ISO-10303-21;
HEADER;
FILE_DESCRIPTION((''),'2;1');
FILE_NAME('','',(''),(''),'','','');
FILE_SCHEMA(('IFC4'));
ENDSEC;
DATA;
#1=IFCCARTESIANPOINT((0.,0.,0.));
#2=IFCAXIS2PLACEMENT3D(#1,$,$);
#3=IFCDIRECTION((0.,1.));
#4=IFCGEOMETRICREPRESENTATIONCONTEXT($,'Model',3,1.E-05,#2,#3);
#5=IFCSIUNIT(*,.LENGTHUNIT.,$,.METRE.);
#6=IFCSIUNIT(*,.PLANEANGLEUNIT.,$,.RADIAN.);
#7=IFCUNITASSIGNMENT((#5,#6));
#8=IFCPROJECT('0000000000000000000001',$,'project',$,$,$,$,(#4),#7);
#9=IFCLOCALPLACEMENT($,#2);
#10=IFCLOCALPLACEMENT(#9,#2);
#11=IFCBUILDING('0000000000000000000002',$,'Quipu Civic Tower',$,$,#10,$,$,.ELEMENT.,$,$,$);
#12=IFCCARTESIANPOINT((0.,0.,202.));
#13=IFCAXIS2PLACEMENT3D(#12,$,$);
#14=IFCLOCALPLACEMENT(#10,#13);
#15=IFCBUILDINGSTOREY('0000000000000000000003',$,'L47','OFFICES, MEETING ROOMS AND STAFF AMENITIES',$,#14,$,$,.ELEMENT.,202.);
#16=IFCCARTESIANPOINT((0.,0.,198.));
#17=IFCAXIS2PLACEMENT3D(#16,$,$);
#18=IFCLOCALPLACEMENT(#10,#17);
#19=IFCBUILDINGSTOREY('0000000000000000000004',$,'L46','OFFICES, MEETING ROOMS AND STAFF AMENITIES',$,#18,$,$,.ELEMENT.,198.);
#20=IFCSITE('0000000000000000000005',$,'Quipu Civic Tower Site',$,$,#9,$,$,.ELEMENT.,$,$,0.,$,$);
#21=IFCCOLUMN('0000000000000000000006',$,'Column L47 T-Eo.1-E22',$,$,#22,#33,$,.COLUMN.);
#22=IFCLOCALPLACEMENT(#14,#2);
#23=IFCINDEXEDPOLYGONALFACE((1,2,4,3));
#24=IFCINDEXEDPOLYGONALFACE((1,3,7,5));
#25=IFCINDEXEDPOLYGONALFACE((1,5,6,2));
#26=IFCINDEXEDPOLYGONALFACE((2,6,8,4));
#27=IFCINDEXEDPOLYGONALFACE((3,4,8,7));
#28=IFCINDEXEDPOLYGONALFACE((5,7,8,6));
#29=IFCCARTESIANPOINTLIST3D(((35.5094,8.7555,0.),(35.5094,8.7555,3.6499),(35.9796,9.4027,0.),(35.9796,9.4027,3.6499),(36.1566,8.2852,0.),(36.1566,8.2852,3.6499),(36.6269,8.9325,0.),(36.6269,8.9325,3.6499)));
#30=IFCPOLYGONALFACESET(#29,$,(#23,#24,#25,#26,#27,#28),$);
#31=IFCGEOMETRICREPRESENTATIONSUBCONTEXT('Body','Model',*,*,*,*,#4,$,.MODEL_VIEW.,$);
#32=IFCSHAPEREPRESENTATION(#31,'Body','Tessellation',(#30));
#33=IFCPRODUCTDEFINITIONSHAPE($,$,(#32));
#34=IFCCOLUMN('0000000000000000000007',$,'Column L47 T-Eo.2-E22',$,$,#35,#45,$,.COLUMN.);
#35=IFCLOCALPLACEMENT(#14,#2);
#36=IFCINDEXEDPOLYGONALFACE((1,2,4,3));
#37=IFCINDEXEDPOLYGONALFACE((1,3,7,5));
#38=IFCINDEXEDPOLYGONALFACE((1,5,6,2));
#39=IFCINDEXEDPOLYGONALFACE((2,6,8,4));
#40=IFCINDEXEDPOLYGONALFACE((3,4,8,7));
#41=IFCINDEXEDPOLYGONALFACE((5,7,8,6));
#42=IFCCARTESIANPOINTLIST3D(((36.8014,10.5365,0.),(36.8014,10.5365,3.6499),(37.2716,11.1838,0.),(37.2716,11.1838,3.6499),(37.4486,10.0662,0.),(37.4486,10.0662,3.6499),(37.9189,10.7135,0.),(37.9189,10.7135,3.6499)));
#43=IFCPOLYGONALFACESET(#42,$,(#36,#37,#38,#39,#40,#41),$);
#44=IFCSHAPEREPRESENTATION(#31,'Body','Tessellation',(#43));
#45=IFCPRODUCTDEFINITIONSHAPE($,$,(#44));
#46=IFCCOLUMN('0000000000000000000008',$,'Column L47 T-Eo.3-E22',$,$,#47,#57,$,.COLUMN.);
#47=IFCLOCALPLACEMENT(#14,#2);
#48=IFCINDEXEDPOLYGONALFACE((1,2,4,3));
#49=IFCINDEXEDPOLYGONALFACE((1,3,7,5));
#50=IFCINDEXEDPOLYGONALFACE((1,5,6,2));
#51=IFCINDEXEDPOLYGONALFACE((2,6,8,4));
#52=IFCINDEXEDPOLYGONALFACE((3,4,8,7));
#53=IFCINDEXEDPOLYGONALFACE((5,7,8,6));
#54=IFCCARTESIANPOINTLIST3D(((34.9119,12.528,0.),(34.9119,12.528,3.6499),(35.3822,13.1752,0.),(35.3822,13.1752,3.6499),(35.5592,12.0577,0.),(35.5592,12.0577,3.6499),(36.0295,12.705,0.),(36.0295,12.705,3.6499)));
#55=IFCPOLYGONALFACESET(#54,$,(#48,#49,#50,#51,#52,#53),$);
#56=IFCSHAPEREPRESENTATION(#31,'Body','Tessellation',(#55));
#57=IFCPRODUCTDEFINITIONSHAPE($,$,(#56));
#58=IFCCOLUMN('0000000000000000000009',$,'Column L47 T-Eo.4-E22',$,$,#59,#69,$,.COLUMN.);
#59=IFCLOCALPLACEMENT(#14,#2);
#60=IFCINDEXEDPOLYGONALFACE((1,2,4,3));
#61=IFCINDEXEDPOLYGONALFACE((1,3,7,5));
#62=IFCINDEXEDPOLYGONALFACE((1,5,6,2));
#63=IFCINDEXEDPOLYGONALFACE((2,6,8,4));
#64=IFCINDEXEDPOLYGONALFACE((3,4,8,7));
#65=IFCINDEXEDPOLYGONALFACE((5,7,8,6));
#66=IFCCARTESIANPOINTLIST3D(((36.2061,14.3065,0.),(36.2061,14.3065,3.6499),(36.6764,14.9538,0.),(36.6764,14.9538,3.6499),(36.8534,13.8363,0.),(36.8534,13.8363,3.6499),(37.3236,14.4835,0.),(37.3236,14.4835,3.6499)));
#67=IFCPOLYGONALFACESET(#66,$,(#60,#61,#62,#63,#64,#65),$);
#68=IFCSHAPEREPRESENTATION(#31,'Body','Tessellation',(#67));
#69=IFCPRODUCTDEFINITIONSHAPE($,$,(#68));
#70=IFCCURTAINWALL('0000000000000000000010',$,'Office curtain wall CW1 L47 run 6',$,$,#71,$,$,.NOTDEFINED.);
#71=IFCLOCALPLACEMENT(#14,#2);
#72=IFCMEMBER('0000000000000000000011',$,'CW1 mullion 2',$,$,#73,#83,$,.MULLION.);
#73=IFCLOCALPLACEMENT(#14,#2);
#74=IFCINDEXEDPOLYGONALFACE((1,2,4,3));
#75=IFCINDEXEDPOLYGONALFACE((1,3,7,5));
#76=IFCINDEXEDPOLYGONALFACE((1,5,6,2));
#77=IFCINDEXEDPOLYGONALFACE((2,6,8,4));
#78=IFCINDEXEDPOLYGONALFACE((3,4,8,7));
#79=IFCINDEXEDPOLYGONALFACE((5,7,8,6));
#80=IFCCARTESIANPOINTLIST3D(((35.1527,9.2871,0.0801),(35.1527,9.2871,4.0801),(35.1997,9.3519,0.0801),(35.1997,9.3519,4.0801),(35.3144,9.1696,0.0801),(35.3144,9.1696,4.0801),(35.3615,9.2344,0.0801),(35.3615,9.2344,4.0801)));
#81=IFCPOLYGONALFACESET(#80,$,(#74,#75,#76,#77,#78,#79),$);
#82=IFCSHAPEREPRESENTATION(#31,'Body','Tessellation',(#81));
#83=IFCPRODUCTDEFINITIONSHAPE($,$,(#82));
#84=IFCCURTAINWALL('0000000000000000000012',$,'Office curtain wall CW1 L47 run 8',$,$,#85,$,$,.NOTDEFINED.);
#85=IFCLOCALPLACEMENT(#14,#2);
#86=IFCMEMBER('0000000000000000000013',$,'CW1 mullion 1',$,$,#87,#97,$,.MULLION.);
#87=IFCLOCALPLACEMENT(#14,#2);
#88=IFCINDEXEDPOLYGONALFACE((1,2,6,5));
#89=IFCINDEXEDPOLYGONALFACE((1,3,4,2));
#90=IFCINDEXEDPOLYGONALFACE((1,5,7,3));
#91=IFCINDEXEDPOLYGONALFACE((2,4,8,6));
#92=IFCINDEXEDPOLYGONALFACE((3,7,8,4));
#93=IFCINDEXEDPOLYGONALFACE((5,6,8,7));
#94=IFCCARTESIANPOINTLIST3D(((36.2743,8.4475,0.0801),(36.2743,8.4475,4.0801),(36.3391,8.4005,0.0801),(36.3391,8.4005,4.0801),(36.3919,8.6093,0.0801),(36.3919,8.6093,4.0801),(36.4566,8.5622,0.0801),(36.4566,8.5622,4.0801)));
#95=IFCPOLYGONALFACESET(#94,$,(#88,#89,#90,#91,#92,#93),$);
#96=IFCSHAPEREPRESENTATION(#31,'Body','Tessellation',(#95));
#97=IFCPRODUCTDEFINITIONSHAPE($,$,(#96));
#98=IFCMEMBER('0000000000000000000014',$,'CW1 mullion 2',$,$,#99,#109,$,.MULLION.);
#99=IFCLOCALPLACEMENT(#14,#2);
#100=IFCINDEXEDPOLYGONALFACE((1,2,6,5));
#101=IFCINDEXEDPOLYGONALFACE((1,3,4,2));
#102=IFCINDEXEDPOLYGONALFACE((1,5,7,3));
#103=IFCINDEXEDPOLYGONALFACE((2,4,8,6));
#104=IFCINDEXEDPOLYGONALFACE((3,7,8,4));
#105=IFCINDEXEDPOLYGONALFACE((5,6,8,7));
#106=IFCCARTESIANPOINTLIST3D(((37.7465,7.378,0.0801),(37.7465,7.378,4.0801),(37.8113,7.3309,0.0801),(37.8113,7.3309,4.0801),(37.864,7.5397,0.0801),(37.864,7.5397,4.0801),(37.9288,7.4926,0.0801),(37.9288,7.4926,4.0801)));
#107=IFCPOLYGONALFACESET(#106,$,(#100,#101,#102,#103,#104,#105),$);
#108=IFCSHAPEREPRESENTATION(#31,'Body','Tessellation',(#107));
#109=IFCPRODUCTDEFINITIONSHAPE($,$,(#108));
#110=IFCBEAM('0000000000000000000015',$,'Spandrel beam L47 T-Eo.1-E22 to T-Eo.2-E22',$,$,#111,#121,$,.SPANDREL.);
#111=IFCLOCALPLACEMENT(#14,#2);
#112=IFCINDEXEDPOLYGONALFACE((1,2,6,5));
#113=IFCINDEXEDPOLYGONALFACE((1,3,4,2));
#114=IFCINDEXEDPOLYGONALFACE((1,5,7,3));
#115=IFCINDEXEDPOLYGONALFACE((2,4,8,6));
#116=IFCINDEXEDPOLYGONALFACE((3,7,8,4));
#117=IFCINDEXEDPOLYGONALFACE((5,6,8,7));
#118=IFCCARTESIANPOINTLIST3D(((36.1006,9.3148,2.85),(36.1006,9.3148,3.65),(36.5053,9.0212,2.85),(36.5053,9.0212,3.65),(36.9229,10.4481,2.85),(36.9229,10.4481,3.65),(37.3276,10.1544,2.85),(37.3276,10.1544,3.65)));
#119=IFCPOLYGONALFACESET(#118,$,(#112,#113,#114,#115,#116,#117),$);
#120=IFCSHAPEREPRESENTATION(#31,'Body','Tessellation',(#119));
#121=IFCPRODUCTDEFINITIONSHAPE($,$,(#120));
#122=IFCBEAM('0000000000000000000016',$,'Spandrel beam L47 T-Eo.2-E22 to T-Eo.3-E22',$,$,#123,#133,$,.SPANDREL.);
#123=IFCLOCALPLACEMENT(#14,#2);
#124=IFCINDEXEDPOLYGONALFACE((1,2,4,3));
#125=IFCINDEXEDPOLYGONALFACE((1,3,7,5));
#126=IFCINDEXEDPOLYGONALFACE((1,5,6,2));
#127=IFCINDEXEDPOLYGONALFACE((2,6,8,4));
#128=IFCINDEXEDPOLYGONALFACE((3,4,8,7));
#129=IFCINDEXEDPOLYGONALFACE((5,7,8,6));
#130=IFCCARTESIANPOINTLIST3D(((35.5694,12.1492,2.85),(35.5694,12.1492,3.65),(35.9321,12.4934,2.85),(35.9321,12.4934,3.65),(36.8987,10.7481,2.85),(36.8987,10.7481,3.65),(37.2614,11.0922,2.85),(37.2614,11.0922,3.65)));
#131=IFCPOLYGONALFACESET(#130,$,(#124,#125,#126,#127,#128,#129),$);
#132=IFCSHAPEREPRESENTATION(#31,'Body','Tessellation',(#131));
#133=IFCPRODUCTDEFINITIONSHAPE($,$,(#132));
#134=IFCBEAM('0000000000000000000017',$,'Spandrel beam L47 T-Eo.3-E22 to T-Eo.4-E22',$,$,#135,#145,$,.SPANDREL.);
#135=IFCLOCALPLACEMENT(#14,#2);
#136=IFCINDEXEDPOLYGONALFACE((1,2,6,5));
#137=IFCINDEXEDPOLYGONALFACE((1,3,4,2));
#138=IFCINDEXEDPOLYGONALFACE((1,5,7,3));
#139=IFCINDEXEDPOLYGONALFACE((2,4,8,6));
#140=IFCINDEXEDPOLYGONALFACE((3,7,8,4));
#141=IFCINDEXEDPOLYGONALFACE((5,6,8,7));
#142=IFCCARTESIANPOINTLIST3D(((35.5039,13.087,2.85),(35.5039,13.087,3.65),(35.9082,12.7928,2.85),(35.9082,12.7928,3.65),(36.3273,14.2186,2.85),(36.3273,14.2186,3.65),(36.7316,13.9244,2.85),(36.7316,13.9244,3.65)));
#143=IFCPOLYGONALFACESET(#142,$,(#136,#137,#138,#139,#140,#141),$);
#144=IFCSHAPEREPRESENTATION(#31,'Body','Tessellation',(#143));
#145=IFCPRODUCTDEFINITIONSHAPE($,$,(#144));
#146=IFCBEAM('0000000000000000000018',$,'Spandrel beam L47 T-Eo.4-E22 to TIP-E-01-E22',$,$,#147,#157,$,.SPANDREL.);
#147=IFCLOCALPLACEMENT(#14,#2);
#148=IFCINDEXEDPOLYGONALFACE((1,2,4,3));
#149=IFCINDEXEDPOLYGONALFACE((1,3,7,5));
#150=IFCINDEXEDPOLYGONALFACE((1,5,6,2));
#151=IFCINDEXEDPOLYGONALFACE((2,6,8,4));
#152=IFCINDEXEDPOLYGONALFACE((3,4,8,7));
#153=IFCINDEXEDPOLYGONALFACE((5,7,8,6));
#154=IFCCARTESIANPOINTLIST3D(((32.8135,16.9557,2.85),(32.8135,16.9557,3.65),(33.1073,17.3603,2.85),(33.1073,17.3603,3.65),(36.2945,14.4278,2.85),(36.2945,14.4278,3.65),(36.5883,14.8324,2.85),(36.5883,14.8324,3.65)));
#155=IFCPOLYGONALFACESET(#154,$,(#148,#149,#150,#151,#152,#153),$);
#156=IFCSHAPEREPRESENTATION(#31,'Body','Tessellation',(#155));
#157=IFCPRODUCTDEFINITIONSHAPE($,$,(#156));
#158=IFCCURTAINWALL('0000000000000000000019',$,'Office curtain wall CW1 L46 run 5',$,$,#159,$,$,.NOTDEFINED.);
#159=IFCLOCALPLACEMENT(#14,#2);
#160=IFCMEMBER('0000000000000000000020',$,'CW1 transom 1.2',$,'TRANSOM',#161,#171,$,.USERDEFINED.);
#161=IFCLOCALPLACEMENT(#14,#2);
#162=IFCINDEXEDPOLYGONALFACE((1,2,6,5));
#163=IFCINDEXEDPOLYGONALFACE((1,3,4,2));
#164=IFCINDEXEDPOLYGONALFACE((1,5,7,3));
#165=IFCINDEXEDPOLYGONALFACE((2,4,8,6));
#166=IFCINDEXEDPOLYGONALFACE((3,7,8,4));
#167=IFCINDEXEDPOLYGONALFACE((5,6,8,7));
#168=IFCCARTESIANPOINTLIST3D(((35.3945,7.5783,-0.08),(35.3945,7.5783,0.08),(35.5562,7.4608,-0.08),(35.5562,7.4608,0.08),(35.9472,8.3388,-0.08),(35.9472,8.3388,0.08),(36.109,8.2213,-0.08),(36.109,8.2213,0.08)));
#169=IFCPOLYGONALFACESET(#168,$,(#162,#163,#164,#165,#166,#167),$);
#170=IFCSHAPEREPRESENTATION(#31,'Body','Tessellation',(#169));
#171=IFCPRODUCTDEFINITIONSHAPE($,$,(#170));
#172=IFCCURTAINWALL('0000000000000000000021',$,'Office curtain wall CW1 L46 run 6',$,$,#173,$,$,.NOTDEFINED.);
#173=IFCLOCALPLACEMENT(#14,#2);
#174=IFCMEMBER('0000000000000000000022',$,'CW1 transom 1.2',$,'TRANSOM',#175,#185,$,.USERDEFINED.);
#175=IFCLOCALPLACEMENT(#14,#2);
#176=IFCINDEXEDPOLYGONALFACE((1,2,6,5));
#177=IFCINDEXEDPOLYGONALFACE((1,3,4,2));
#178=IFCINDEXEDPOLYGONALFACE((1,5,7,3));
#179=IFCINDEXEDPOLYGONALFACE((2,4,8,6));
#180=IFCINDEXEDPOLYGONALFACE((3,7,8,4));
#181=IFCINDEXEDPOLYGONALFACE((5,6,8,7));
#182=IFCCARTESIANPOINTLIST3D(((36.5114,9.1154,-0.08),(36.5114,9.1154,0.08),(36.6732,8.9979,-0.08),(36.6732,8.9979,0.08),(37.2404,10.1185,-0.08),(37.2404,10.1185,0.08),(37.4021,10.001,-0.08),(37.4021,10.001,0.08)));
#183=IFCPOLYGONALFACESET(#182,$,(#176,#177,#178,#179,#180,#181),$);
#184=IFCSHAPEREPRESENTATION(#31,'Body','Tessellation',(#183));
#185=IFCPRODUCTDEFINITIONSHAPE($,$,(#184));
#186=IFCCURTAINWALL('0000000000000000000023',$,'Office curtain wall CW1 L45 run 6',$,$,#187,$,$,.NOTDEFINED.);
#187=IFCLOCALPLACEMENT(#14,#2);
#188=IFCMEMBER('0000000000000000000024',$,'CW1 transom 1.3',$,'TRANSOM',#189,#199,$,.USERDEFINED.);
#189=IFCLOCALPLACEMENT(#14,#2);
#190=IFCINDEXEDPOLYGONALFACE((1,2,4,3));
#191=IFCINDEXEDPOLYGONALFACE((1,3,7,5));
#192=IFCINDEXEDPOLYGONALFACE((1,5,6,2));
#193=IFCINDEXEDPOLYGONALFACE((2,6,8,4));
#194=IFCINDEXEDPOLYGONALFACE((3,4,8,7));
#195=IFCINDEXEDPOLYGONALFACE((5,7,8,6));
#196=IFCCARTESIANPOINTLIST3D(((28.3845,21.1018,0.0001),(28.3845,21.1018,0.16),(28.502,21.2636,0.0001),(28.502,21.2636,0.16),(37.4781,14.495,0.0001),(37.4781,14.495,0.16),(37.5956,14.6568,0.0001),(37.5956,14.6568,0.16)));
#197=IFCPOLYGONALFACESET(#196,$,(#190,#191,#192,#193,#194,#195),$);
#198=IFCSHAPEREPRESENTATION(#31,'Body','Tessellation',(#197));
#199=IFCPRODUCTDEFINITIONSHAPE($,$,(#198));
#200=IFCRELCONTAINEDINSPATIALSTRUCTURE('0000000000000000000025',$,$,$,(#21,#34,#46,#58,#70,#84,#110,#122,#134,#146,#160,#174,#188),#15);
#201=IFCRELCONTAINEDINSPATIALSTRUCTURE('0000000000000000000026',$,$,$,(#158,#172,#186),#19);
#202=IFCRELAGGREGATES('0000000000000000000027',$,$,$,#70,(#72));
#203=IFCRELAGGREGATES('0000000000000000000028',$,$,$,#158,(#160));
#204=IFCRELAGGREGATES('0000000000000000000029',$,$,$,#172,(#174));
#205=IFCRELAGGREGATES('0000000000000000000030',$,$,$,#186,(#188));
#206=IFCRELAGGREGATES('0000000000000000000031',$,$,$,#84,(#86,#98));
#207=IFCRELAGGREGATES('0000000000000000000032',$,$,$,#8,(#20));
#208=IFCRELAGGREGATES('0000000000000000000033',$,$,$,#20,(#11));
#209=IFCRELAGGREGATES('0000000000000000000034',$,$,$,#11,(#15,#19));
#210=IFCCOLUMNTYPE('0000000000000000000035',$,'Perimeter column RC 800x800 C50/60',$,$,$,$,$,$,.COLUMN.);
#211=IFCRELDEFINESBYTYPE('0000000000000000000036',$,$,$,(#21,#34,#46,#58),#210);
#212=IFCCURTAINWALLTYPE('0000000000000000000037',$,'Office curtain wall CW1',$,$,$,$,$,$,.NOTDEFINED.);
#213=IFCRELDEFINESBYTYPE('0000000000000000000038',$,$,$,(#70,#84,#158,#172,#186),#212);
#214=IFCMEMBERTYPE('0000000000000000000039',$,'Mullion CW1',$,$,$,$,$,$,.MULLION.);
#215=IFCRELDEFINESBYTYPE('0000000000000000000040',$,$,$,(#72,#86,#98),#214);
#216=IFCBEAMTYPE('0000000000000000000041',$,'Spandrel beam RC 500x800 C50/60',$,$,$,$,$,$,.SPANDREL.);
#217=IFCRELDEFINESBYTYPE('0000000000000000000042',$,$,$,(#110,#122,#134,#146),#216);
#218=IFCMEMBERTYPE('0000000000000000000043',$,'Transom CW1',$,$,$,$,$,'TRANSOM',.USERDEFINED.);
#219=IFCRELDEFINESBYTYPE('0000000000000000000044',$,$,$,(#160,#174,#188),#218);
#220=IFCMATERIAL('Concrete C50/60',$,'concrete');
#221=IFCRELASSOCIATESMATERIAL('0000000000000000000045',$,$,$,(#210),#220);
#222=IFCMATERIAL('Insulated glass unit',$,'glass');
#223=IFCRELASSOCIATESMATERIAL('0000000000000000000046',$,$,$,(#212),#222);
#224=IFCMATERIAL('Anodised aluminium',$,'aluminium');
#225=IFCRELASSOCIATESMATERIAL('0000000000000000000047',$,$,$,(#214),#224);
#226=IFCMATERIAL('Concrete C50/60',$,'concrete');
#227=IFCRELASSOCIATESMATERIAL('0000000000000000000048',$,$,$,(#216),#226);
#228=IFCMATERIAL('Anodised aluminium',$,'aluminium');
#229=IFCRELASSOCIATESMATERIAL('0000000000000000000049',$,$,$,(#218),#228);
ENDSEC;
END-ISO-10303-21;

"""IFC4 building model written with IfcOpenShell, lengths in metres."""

from ifc_helpers import new_model, si_unit, direction, frame, origin, origin_2d, place, context, subcontext, project, spatial, rectangle, extrude, material, material_profile, profile_set, type_object, element, aggregate, save


model = new_model("IFC4")

# Units and contexts
model_context = context("Model", 3, precision=1e-05, world=origin(), true_north=direction((0.0, 1.0)))
body_context = subcontext(model_context, "Body", "Model", "MODEL_VIEW")
ifc_project = project(units=[si_unit("LENGTHUNIT", "METRE"), si_unit("PLANEANGLEUNIT", "RADIAN")], contexts=[model_context])

# Site, building, storey
site_placement = place(None, origin())
site = spatial("IfcSite", under=ifc_project, at=site_placement, Name="Quipu Civic Tower Site", CompositionType="ELEMENT", RefElevation=0.0)
building_placement = place(site_placement, origin())
building = spatial("IfcBuilding", under=site, at=building_placement, Name="Quipu Civic Tower", CompositionType="ELEMENT")
storey_1_placement = place(building_placement, frame((0.0, 0.0, 202.0)))
storey_1 = spatial("IfcBuildingStorey", under=building, at=storey_1_placement, Name="L47", Description="OFFICES, MEETING ROOMS AND STAFF AMENITIES", CompositionType="ELEMENT", Elevation=202.0)

# Columns
ifc_material_1 = material(Name="Concrete C50/60", Category="concrete")
ifc_material_profile_1 = material_profile(ifc_material_1, rectangle(XDim=0.8, YDim=0.8, at=origin_2d()), Name="RC800x800")
ifc_profile_set_1 = profile_set([ifc_material_profile_1], Name="Concrete C50/60")
column_type = type_object("IfcColumnType", Name="Perimeter column RC 800x800 C50/60", PredefinedType="COLUMN", material=ifc_profile_set_1)
for number, where, z_axis, x_axis, name in (
    (1, (36.0681, 8.844, 0.0), (0.0, 0.0, 1.0), (0.587785, 0.809017, 0.0), "Column L47 T-Eo.1-E22"),
    (2, (37.3601, 10.625, 0.0), (0.0, 0.0, 1.0), (0.587785, 0.809017, 0.0), "Column L47 T-Eo.2-E22"),
    (3, (35.4707, 12.6165, 0.0), (0.0, 0.0, 1.0), (-0.809017, 0.587785, 0.0), "Column L47 T-Eo.3-E22"),
    (4, (36.7649, 14.395, 0.0), (0.0, 0.0, 1.0), (-0.809017, 0.587785, 0.0), "Column L47 T-Eo.4-E22"),
):
    element("IfcColumn", number, at=place(storey_1_placement, frame(where, z_axis=z_axis, x_axis=x_axis)), inside=storey_1, type_object=column_type, Name=name, PredefinedType="COLUMN", context=body_context, shape_type="SweptSolid", body=[
        extrude(rectangle(XDim=0.8, YDim=0.8, at=origin_2d()), origin(), (0.0, 0.0, 1.0), 3.6499),
    ])

# Curtain wall, member
ifc_material_2 = material(Name="Insulated glass unit", Category="glass")
curtain_wall_type = type_object("IfcCurtainWallType", Name="Office curtain wall CW1", PredefinedType="NOTDEFINED", material=ifc_material_2)
curtain_wall_1_placement = place(storey_1_placement, origin())
curtain_wall_1 = element("IfcCurtainWall", 5, at=curtain_wall_1_placement, inside=storey_1, type_object=curtain_wall_type, Name="Office curtain wall CW1 L47 run 6", PredefinedType="NOTDEFINED")
ifc_material_3 = material(Name="Anodised aluminium", Category="aluminium")
ifc_material_profile_2 = material_profile(ifc_material_3, rectangle(XDim=0.2, YDim=0.0801, at=origin_2d()), Name="RECT 200x80")
ifc_profile_set_2 = profile_set([ifc_material_profile_2], Name="Anodised aluminium")
member_type_1 = type_object("IfcMemberType", Name="Mullion CW1", PredefinedType="MULLION", material=ifc_profile_set_2)
member_1_placement = place(storey_1_placement, frame((35.2571, 9.2607, 0.0801), z_axis=(0.0, 0.0, 1.0), x_axis=(-0.809017, 0.587786, 0.0)))
member_1 = element("IfcMember", 6, at=member_1_placement, type_object=member_type_1, Name="CW1 mullion 2", PredefinedType="MULLION", context=body_context, shape_type="SweptSolid", body=[
    extrude(rectangle(XDim=0.2, YDim=0.0801, at=origin_2d()), origin(), (0.0, 0.0, 1.0), 4.0),
])
aggregate(curtain_wall_1, [member_1])

# Curtain wall, members
curtain_wall_2_placement = place(storey_1_placement, origin())
curtain_wall_2 = element("IfcCurtainWall", 7, at=curtain_wall_2_placement, inside=storey_1, type_object=curtain_wall_type, Name="Office curtain wall CW1 L47 run 8", PredefinedType="NOTDEFINED")
member_2_placement = place(storey_1_placement, frame((36.3655, 8.5049, 0.0801), z_axis=(0.0, 0.0, 1.0), x_axis=(0.587802, 0.809005, 0.0)))
member_2 = element("IfcMember", 8, at=member_2_placement, type_object=member_type_1, Name="CW1 mullion 1", PredefinedType="MULLION", context=body_context, shape_type="SweptSolid", body=[
    extrude(rectangle(XDim=0.2, YDim=0.0801, at=origin_2d()), origin(), (0.0, 0.0, 1.0), 4.0),
])
member_3_placement = place(storey_1_placement, frame((37.8376, 7.4353, 0.0801), z_axis=(0.0, 0.0, 1.0), x_axis=(0.587802, 0.809005, 0.0)))
member_3 = element("IfcMember", 9, at=member_3_placement, type_object=member_type_1, Name="CW1 mullion 2", PredefinedType="MULLION", context=body_context, shape_type="SweptSolid", body=[
    extrude(rectangle(XDim=0.2, YDim=0.0801, at=origin_2d()), origin(), (0.0, 0.0, 1.0), 4.0),
])

# Beams
ifc_material_4 = material(Name="Concrete C50/60", Category="concrete")
ifc_material_profile_3 = material_profile(ifc_material_4, rectangle(XDim=0.5, YDim=0.8, at=origin_2d()), Name="RC500x800")
ifc_profile_set_3 = profile_set([ifc_material_profile_3], Name="Concrete C50/60")
beam_type = type_object("IfcBeamType", Name="Spandrel beam RC 500x800 C50/60", PredefinedType="SPANDREL", material=ifc_profile_set_3)
beam_1_placement = place(storey_1_placement, frame((36.303, 9.168, 3.25), z_axis=(0.587259, 0.809399, 0.0), x_axis=(-0.809399, 0.587259, 0.0)))
element("IfcBeam", 10, at=beam_1_placement, inside=storey_1, type_object=beam_type, Name="Spandrel beam L47 T-Eo.1-E22 to T-Eo.2-E22", PredefinedType="SPANDREL", context=body_context, shape_type="SweptSolid", body=[
    extrude(rectangle(XDim=0.5, YDim=0.8, at=origin_2d()), origin(), (0.0, 0.0, 1.0), 1.4001),
])
beam_2_placement = place(storey_1_placement, frame((37.0801, 10.9202, 3.25), z_axis=(-0.688281, 0.725444, 0.0), x_axis=(-0.725444, -0.688281, 0.0)))
element("IfcBeam", 11, at=beam_2_placement, inside=storey_1, type_object=beam_type, Name="Spandrel beam L47 T-Eo.2-E22 to T-Eo.3-E22", PredefinedType="SPANDREL", context=body_context, shape_type="SweptSolid", body=[
    extrude(rectangle(XDim=0.5, YDim=0.8, at=origin_2d()), origin(), (0.0, 0.0, 1.0), 1.9314),
])
beam_3_placement = place(storey_1_placement, frame((35.7061, 12.9399, 3.25), z_axis=(0.58841, 0.808563, 0.0), x_axis=(-0.808563, 0.58841, 0.0)))
element("IfcBeam", 12, at=beam_3_placement, inside=storey_1, type_object=beam_type, Name="Spandrel beam L47 T-Eo.3-E22 to T-Eo.4-E22", PredefinedType="SPANDREL", context=body_context, shape_type="SweptSolid", body=[
    extrude(rectangle(XDim=0.5, YDim=0.8, at=origin_2d()), origin(), (0.0, 0.0, 1.0), 1.3994),
])
beam_4_placement = place(storey_1_placement, frame((36.4414, 14.6301, 3.25), z_axis=(-0.809153, 0.587598, 0.0), x_axis=(-0.587598, -0.809153, 0.0)))
element("IfcBeam", 13, at=beam_4_placement, inside=storey_1, type_object=beam_type, Name="Spandrel beam L47 T-Eo.4-E22 to TIP-E-01-E22", PredefinedType="SPANDREL", context=body_context, shape_type="SweptSolid", body=[
    extrude(rectangle(XDim=0.5, YDim=0.8, at=origin_2d()), origin(), (0.0, 0.0, 1.0), 4.302),
])

# Shared definitions
storey_2_placement = place(building_placement, frame((0.0, 0.0, 198.0)))
storey_2 = spatial("IfcBuildingStorey", under=building, at=storey_2_placement, Name="L46", Description="OFFICES, MEETING ROOMS AND STAFF AMENITIES", CompositionType="ELEMENT", Elevation=198.0)

# Curtain walls, members
curtain_wall_3_placement = place(storey_2_placement, origin())
curtain_wall_3 = element("IfcCurtainWall", 14, at=curtain_wall_3_placement, inside=storey_2, type_object=curtain_wall_type, Name="Office curtain wall CW1 L46 run 5", PredefinedType="NOTDEFINED")
ifc_material_5 = material(Name="Anodised aluminium", Category="aluminium")
ifc_material_profile_4 = material_profile(ifc_material_5, rectangle(XDim=0.2, YDim=0.1599, at=origin_2d()), Name="RECT 200x160")
ifc_profile_set_4 = profile_set([ifc_material_profile_4], Name="Anodised aluminium")
member_type_2 = type_object("IfcMemberType", Name="Transom CW1", ElementType="TRANSOM", PredefinedType="USERDEFINED", material=ifc_profile_set_4)
member_4_placement = place(storey_1_placement, frame((35.4753, 7.5195, 0.0), z_axis=(0.587925, 0.808916, 0.0), x_axis=(-0.808916, 0.587925, 0.0)))
member_4 = element("IfcMember", 15, at=member_4_placement, inside=storey_1, type_object=member_type_2, Name="CW1 transom 1.2", ObjectType="TRANSOM", PredefinedType="USERDEFINED", context=body_context, shape_type="SweptSolid", body=[
    extrude(rectangle(XDim=0.2, YDim=0.1599, at=origin_2d()), origin(), (0.0, 0.0, 1.0), 0.9402),
])
aggregate(curtain_wall_3, [member_4])
curtain_wall_4_placement = place(storey_2_placement, origin())
curtain_wall_4 = element("IfcCurtainWall", 16, at=curtain_wall_4_placement, inside=storey_2, type_object=curtain_wall_type, Name="Office curtain wall CW1 L46 run 6", PredefinedType="NOTDEFINED")
member_5_placement = place(storey_1_placement, frame((36.5923, 9.0566, 0.0), z_axis=(0.587867, 0.808957, 0.0), x_axis=(-0.808957, 0.587867, 0.0)))
member_5 = element("IfcMember", 17, at=member_5_placement, inside=storey_1, type_object=member_type_2, Name="CW1 transom 1.2", ObjectType="TRANSOM", PredefinedType="USERDEFINED", context=body_context, shape_type="SweptSolid", body=[
    extrude(rectangle(XDim=0.2, YDim=0.1599, at=origin_2d()), origin(), (0.0, 0.0, 1.0), 1.24),
])
aggregate(curtain_wall_4, [member_5])
curtain_wall_5_placement = place(storey_2_placement, origin())
curtain_wall_5 = element("IfcCurtainWall", 18, at=curtain_wall_5_placement, inside=storey_2, type_object=curtain_wall_type, Name="Office curtain wall CW1 L45 run 6", PredefinedType="NOTDEFINED")
member_6_placement = place(storey_1_placement, frame((37.5369, 14.5759, 0.0801), z_axis=(-0.809022, 0.587778, 0.0), x_axis=(-0.587778, -0.809022, 0.0)))
member_6 = element("IfcMember", 19, at=member_6_placement, inside=storey_1, type_object=member_type_2, Name="CW1 transom 1.3", ObjectType="TRANSOM", PredefinedType="USERDEFINED", context=body_context, shape_type="SweptSolid", body=[
    extrude(rectangle(XDim=0.2, YDim=0.1599, at=origin_2d()), origin(), (0.0, 0.0, 1.0), 11.2402),
])
aggregate(curtain_wall_5, [member_6])

aggregate(curtain_wall_2, [member_2, member_3])

save(model, "model.ifc")
